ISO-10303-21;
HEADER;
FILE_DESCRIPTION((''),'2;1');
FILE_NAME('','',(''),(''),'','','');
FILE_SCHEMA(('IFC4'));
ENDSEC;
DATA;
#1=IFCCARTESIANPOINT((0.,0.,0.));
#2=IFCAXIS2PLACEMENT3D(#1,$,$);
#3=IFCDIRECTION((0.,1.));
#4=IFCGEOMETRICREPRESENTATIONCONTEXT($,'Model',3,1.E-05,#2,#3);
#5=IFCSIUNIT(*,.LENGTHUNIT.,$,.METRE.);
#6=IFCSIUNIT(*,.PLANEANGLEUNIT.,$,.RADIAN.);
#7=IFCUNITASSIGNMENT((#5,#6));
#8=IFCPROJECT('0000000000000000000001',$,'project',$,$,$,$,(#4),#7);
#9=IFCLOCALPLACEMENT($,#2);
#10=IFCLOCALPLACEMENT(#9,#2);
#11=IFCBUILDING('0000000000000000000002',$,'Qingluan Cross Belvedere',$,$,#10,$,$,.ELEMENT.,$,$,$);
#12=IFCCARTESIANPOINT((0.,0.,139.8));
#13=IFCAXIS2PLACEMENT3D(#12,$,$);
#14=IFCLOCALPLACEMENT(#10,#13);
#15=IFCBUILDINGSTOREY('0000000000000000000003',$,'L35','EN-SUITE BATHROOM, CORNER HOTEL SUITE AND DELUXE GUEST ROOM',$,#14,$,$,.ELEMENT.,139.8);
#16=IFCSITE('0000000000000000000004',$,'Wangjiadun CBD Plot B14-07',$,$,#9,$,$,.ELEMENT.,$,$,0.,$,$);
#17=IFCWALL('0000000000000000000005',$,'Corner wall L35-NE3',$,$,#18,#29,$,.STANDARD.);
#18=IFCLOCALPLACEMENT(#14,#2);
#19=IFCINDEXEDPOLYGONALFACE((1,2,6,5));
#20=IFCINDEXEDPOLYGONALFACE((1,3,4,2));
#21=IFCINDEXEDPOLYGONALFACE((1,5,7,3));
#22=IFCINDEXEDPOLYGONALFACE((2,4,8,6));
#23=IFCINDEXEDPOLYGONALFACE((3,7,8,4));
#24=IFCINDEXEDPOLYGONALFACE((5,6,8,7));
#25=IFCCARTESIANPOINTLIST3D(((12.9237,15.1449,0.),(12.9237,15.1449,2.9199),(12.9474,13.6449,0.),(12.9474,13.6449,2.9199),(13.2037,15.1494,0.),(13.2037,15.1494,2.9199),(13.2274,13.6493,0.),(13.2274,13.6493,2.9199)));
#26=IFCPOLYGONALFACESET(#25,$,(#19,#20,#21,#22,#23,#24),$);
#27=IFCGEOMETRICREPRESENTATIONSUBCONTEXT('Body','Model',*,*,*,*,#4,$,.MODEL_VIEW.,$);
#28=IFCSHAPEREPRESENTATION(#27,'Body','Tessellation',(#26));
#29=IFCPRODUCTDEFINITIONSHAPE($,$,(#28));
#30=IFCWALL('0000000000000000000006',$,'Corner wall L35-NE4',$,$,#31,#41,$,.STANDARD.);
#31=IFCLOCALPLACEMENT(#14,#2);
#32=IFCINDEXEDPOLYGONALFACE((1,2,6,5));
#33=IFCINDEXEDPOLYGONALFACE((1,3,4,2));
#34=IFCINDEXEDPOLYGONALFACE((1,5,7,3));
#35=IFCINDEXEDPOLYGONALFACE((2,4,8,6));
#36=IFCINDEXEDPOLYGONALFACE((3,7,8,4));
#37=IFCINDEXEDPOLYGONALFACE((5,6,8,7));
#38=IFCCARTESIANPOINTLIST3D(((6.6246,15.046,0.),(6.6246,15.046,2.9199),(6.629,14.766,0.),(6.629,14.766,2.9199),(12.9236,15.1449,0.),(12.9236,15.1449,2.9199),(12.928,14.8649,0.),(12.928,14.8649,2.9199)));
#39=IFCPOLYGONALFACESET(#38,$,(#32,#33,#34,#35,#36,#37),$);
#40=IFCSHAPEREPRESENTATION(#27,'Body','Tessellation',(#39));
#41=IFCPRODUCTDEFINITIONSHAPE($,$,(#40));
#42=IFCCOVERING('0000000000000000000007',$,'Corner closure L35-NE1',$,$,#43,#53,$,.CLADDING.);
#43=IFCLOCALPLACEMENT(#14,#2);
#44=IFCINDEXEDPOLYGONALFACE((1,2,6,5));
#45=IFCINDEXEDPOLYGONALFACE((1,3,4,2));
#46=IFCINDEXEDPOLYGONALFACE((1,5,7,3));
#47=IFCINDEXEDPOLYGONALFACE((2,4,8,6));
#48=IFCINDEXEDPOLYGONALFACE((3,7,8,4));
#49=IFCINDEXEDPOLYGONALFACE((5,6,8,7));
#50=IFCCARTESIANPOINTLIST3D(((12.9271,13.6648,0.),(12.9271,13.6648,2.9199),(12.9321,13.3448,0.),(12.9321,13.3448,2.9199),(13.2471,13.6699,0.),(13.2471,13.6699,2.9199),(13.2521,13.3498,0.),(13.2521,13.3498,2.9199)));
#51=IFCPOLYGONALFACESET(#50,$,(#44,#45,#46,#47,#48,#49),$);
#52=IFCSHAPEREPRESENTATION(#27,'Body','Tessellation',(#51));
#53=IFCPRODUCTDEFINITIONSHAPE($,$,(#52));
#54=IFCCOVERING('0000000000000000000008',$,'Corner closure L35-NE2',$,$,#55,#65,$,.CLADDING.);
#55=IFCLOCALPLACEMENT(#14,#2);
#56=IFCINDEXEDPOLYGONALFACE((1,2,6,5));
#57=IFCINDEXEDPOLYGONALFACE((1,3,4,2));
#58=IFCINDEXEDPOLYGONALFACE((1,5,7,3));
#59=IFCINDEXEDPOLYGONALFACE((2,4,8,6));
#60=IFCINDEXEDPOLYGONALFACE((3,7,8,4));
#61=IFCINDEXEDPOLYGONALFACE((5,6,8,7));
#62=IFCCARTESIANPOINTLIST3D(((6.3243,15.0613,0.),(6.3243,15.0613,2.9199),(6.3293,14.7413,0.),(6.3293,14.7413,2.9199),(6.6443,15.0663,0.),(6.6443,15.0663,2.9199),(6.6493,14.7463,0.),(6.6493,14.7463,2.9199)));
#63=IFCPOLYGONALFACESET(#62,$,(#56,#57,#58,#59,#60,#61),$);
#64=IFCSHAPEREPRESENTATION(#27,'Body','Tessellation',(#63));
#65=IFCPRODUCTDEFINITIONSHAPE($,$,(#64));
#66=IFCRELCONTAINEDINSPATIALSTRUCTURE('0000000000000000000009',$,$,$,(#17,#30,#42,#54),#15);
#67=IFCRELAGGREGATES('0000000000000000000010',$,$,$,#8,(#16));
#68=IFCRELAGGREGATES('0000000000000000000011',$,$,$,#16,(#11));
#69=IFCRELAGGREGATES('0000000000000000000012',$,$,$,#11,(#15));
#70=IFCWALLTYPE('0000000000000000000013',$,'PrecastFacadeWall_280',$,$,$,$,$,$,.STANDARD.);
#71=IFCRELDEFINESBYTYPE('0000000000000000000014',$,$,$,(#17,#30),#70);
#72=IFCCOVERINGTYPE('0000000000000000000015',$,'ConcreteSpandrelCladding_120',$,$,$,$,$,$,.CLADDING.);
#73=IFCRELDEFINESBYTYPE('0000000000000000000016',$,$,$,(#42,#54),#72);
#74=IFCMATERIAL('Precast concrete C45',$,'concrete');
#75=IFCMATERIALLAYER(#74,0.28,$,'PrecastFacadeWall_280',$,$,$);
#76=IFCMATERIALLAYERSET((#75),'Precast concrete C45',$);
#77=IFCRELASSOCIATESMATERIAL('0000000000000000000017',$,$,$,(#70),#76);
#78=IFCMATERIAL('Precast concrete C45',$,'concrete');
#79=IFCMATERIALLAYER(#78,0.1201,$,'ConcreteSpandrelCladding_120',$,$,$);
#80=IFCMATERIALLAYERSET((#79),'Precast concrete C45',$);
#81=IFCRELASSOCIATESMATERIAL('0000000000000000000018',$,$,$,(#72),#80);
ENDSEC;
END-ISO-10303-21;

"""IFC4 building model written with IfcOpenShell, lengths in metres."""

from ifc_helpers import new_model, si_unit, direction, frame, frame_2d, origin, origin_2d, place, context, subcontext, project, spatial, rectangle, extrude, material, layer, layer_set, type_object, element, save


model = new_model("IFC4")

# Units and contexts
model_context = context("Model", 3, precision=1e-05, world=origin(), true_north=direction((0.0, 1.0)))
body_context = subcontext(model_context, "Body", "Model", "MODEL_VIEW")
ifc_project = project(units=[si_unit("LENGTHUNIT", "METRE"), si_unit("PLANEANGLEUNIT", "RADIAN")], contexts=[model_context])

# Site, building, storey
site_placement = place(None, origin())
site = spatial("IfcSite", under=ifc_project, at=site_placement, Name="Wangjiadun CBD Plot B14-07", CompositionType="ELEMENT", RefElevation=0.0)
building_placement = place(site_placement, origin())
building = spatial("IfcBuilding", under=site, at=building_placement, Name="Qingluan Cross Belvedere", CompositionType="ELEMENT")
storey_placement = place(building_placement, frame((0.0, 0.0, 139.8)))
storey = spatial("IfcBuildingStorey", under=building, at=storey_placement, Name="L35", Description="EN-SUITE BATHROOM, CORNER HOTEL SUITE AND DELUXE GUEST ROOM", CompositionType="ELEMENT", Elevation=139.8)

# Shared definitions
ifc_material_1 = material(Name="Precast concrete C45", Category="concrete")
ifc_layer_1 = layer(ifc_material_1, 0.28, Name="PrecastFacadeWall_280")
ifc_layer_set_1 = layer_set([ifc_layer_1], Name="Precast concrete C45")
wall_type_1 = type_object("IfcWallType", Name="PrecastFacadeWall_280", PredefinedType="STANDARD", material=ifc_layer_set_1)

# Walls
wall_1_placement = place(storey_placement, frame((13.0874, 13.6472, 0.0), z_axis=(0.0, 0.0, 1.0), x_axis=(-0.015786, 0.999875, 0.0)))
element("IfcWall", 1, at=wall_1_placement, inside=storey, type_object=wall_type_1, Name="Corner wall L35-NE3", PredefinedType="STANDARD", context=body_context, shape_type="SweptSolid", body=[
    extrude(rectangle(XDim=1.5002, YDim=0.28, at=frame_2d((0.75, 0.0))), origin(), (0.0, 0.0, 1.0), 2.9199),
])
wall_2_placement = place(storey_placement, frame((12.9258, 15.0049, 0.0), z_axis=(0.0, 0.0, 1.0), x_axis=(-0.999877, -0.015695, 0.0)))
element("IfcWall", 2, at=wall_2_placement, inside=storey, type_object=wall_type_1, Name="Corner wall L35-NE4", PredefinedType="STANDARD", context=body_context, shape_type="SweptSolid", body=[
    extrude(rectangle(XDim=6.2998, YDim=0.28, at=frame_2d((3.1499, 0.0))), origin(), (0.0, 0.0, 1.0), 2.9199),
])

# Coverings
ifc_material_2 = material(Name="Precast concrete C45", Category="concrete")
ifc_layer_2 = layer(ifc_material_2, 0.1201, Name="ConcreteSpandrelCladding_120")
ifc_layer_set_2 = layer_set([ifc_layer_2], Name="Precast concrete C45")
covering_type = type_object("IfcCoveringType", Name="ConcreteSpandrelCladding_120", PredefinedType="CLADDING", material=ifc_layer_set_2)
for number, where, z_axis, x_axis, name in (
    (3, (13.0896, 13.5073, 0.0), (0.0, 0.0, 1.0), (0.999877, 0.015707, 0.0), "Corner closure L35-NE1"),
    (4, (6.4868, 14.9038, 0.0), (0.0, 0.0, 1.0), (0.999877, 0.015707, 0.0), "Corner closure L35-NE2"),
):
    element("IfcCovering", number, at=place(storey_placement, frame(where, z_axis=z_axis, x_axis=x_axis)), inside=storey, type_object=covering_type, Name=name, PredefinedType="CLADDING", context=body_context, shape_type="SweptSolid", body=[
        extrude(rectangle(XDim=0.3201, YDim=0.3201, at=origin_2d()), origin(), (0.0, 0.0, 1.0), 2.9199),
    ])

save(model, "model.ifc")
